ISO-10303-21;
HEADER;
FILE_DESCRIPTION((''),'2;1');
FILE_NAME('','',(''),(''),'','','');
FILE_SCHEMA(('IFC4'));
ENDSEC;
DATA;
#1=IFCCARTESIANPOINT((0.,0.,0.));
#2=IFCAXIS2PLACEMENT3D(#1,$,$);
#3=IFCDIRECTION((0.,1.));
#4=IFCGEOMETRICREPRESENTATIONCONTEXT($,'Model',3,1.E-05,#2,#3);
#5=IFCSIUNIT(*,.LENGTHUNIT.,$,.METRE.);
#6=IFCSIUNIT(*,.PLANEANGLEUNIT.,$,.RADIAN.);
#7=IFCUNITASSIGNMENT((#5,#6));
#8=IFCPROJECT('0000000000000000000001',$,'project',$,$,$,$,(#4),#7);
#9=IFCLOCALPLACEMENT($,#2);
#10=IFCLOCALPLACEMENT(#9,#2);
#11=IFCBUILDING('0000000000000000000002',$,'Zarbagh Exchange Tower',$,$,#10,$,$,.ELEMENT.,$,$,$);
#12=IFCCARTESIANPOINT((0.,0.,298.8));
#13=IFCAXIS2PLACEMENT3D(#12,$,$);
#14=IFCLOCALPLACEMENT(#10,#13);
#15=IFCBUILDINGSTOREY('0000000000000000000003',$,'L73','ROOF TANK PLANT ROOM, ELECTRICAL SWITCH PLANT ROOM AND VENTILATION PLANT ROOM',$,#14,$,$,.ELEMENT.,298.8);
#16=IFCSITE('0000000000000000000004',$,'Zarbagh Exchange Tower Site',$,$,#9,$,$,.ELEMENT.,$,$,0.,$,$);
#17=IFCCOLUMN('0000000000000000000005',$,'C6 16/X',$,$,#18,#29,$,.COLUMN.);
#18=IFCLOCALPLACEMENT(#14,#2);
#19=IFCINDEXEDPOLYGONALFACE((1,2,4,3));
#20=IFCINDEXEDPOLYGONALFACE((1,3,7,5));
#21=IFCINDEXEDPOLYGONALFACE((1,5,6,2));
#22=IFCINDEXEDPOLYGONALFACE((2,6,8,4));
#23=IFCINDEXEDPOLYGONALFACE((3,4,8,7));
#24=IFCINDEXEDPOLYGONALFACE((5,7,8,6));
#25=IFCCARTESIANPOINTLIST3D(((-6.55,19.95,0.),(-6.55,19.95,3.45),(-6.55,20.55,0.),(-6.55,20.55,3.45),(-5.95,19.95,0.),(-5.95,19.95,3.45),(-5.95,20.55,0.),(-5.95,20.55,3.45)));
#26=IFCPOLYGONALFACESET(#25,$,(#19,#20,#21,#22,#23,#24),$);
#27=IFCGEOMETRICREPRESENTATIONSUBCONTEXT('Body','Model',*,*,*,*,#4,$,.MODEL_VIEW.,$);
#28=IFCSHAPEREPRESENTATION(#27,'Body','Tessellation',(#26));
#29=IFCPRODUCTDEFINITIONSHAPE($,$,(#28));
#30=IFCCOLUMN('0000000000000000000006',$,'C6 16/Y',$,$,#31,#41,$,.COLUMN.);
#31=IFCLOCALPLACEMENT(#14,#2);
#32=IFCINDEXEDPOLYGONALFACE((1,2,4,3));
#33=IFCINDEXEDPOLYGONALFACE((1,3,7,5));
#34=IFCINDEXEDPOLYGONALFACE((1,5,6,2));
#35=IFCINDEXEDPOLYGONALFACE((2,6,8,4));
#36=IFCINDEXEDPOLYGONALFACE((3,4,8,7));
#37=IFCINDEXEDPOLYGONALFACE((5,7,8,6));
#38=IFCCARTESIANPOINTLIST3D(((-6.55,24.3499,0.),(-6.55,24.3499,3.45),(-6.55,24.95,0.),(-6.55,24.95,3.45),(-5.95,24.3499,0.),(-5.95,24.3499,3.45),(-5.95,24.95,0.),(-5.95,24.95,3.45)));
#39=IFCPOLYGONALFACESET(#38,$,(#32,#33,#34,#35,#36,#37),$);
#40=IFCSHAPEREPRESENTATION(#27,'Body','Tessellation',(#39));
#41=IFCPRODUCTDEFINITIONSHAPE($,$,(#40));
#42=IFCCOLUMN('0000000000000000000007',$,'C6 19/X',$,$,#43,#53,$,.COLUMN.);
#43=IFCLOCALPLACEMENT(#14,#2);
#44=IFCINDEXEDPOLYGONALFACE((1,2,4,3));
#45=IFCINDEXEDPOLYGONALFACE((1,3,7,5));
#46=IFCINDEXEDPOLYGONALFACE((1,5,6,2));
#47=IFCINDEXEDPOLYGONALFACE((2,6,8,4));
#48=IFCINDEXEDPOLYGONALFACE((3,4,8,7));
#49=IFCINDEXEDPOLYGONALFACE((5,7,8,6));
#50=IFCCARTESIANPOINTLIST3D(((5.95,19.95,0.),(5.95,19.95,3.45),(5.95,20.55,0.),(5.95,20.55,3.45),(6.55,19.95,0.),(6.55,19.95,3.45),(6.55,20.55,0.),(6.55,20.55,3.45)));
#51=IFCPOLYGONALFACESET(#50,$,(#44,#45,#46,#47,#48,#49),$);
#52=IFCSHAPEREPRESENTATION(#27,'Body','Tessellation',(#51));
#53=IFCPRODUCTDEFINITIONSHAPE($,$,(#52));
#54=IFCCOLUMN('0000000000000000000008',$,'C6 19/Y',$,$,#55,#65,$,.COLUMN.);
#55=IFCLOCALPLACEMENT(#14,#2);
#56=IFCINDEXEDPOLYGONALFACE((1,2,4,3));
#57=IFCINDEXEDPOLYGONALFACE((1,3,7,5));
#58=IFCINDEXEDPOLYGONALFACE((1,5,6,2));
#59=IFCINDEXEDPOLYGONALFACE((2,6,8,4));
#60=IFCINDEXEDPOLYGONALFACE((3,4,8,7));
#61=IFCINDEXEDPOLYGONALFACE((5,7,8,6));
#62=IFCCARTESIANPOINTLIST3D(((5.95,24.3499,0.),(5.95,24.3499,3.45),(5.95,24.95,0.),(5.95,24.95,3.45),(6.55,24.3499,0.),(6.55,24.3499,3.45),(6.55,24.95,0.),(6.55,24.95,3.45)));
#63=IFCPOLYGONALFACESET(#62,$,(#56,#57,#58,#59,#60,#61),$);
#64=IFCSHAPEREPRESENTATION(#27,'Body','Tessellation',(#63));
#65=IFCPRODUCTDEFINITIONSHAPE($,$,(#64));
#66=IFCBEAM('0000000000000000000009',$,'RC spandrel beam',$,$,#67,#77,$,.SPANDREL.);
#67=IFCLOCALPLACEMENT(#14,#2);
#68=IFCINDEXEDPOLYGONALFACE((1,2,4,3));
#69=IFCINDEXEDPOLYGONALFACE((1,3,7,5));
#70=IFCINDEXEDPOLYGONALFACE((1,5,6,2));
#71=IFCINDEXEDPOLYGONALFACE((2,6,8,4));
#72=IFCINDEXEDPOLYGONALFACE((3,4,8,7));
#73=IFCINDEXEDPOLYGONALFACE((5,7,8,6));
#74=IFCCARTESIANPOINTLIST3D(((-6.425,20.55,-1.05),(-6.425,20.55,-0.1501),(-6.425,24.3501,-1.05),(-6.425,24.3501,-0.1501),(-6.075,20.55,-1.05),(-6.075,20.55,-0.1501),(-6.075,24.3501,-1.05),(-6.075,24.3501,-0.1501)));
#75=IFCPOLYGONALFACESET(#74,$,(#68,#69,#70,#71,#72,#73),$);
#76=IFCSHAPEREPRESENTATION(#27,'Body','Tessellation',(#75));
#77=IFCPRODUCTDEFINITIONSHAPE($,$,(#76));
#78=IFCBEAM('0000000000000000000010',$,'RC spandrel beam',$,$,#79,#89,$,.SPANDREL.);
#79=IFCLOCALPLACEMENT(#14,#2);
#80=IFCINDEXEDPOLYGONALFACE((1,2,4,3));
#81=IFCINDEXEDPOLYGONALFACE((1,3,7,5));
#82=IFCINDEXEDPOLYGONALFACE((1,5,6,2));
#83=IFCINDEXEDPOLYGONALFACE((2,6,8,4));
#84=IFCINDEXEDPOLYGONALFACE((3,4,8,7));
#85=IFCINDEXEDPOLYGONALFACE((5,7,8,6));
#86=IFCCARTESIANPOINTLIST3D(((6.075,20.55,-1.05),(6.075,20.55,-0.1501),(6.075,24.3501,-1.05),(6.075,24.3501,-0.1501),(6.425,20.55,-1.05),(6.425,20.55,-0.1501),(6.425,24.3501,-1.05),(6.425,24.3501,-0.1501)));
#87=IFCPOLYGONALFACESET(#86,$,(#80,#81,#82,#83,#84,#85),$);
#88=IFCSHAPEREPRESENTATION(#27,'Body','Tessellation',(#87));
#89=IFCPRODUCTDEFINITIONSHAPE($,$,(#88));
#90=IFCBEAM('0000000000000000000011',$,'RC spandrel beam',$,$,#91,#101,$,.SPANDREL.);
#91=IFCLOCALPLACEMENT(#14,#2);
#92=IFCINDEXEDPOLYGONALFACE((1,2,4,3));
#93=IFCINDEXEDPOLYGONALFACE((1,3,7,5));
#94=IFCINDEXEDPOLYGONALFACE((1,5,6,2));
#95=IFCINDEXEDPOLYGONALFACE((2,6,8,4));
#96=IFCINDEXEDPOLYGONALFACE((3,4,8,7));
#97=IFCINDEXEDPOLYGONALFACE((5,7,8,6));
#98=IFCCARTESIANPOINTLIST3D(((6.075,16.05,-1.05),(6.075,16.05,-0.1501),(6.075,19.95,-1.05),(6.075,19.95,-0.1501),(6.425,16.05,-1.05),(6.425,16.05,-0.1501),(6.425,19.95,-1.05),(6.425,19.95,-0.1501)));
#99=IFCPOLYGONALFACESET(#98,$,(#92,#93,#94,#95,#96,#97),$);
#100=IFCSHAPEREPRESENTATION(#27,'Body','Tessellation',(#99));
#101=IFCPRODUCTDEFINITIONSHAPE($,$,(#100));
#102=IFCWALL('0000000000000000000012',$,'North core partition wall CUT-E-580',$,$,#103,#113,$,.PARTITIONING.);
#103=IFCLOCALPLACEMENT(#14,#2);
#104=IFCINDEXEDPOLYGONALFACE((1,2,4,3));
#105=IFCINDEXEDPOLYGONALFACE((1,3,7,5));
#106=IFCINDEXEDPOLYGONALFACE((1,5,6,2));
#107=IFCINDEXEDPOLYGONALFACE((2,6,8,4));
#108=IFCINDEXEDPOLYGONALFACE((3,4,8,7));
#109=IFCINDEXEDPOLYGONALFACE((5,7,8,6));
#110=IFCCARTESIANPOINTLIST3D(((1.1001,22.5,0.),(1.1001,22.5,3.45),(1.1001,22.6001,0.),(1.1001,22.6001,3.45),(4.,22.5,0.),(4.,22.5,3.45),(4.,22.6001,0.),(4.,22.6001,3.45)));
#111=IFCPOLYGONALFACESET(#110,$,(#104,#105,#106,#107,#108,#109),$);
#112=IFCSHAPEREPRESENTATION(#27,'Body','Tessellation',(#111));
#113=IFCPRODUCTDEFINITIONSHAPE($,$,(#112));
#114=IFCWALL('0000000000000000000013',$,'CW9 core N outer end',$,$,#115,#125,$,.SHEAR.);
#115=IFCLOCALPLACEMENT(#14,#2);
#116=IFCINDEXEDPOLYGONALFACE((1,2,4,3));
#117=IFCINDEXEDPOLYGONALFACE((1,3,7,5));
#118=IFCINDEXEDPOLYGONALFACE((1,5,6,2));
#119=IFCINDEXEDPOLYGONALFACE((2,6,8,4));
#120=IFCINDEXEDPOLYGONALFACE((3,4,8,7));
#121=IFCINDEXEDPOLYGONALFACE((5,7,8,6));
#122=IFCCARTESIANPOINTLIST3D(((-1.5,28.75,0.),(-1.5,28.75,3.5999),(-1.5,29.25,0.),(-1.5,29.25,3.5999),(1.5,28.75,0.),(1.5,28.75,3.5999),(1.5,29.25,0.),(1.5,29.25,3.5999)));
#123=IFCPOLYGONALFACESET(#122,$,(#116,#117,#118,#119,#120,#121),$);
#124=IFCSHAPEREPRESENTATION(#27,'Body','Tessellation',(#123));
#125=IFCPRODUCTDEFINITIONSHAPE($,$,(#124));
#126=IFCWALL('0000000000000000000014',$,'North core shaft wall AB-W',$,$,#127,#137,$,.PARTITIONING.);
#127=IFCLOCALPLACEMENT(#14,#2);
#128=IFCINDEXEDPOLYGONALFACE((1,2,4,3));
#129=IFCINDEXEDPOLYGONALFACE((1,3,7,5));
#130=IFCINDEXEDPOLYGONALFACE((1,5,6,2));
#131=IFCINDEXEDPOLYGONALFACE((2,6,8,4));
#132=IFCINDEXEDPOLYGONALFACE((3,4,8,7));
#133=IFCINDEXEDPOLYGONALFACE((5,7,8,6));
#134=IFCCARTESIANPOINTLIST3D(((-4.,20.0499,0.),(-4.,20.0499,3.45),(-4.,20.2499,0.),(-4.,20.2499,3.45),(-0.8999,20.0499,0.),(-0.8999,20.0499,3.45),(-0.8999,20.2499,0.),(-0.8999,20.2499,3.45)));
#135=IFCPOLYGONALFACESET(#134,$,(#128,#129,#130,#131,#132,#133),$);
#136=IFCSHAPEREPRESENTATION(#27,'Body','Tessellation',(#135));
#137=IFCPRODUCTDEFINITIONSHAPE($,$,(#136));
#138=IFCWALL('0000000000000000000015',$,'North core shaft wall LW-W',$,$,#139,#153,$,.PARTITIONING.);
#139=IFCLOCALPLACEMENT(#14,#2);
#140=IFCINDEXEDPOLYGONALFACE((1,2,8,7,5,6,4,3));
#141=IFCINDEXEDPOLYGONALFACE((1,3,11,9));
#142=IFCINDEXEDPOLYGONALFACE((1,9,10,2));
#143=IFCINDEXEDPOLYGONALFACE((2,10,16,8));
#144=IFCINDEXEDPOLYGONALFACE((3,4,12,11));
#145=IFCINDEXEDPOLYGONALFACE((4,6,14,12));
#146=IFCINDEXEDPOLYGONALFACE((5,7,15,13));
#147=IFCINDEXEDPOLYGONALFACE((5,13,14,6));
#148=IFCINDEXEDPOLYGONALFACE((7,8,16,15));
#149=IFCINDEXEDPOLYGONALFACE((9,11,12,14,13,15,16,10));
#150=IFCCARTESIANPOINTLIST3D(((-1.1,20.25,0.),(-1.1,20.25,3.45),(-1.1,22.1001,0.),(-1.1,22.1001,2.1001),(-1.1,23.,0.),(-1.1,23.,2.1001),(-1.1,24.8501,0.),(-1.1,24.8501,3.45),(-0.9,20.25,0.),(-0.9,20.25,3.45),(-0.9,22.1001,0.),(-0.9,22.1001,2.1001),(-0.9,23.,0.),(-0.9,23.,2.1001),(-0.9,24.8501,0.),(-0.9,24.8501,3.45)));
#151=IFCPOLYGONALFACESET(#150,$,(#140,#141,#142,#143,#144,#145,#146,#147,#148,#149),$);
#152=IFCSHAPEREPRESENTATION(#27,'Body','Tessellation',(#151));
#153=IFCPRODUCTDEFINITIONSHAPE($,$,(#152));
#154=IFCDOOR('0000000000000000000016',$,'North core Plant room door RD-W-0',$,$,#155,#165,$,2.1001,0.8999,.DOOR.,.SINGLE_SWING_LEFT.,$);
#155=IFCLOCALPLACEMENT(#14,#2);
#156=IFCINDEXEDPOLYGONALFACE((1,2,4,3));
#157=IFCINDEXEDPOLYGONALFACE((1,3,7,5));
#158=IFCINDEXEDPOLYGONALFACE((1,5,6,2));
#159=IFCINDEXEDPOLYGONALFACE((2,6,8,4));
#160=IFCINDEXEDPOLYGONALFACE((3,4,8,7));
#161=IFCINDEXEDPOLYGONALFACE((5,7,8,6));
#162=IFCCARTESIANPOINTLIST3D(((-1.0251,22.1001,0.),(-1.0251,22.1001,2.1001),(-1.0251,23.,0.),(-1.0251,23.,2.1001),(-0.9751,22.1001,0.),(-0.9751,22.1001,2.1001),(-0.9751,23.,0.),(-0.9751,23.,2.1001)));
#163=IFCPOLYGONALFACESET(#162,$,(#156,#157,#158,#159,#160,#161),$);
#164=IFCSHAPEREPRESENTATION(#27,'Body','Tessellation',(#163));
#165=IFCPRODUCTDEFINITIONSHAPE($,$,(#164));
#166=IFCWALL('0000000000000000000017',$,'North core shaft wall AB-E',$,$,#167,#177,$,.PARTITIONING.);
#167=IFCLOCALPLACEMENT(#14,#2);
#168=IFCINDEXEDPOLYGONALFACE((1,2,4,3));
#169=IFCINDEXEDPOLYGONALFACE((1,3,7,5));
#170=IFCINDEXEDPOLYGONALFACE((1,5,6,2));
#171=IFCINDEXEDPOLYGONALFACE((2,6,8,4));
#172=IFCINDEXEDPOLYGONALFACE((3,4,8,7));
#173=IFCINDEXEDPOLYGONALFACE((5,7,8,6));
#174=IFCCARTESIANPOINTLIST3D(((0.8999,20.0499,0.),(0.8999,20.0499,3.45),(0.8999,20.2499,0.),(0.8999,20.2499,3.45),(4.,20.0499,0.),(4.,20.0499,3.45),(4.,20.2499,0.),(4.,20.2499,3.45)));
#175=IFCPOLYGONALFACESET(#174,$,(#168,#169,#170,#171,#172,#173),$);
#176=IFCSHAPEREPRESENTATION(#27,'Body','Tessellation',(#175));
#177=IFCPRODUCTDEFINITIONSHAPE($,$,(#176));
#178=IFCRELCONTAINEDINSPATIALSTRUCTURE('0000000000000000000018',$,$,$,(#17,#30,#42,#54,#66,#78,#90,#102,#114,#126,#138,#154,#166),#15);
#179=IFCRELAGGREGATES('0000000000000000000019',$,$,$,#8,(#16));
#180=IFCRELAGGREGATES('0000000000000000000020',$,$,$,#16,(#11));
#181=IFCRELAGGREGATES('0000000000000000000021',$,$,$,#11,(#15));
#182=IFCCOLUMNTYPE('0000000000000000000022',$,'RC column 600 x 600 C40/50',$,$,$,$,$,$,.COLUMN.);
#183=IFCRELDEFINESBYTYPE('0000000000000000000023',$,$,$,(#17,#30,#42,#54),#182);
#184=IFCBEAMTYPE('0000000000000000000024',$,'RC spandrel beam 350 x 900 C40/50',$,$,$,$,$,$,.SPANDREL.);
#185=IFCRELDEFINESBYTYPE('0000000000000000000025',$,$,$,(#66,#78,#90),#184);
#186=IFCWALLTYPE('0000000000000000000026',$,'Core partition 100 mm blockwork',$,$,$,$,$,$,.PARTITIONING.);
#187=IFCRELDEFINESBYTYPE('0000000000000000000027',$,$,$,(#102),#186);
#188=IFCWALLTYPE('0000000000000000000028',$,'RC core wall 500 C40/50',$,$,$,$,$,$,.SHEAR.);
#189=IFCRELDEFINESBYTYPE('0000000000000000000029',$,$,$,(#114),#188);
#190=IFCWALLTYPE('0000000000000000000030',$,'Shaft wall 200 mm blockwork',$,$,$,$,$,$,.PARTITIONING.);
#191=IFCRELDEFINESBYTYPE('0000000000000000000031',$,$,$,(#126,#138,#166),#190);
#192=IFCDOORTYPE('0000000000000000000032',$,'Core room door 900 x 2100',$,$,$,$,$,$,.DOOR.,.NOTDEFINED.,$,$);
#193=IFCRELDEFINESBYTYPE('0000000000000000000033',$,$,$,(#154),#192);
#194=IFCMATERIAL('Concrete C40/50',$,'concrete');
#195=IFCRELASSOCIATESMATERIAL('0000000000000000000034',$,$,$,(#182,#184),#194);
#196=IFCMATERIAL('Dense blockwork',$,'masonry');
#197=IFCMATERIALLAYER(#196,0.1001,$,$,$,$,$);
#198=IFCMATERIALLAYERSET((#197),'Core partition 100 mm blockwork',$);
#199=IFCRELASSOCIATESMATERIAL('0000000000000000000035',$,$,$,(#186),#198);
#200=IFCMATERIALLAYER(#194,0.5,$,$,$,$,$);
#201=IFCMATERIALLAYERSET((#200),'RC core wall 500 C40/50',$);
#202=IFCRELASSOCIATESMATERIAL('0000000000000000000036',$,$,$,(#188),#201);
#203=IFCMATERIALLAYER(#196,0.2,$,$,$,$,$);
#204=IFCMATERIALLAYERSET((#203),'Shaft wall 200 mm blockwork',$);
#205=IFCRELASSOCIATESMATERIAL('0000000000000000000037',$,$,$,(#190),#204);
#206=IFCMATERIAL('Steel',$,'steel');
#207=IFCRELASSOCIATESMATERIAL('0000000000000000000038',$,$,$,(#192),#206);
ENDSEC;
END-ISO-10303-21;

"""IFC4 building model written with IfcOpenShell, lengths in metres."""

from ifc_helpers import new_model, si_unit, direction, frame, frame_2d, origin, origin_2d, place, context, subcontext, project, spatial, rectangle, extrude, material, layer, layer_set, material_profile, profile_set, type_object, element, fill, save


model = new_model("IFC4")

# Units and contexts
model_context = context("Model", 3, precision=1e-05, world=origin(), true_north=direction((0.0, 1.0)))
body_context = subcontext(model_context, "Body", "Model", "MODEL_VIEW")
ifc_project = project(units=[si_unit("LENGTHUNIT", "METRE"), si_unit("PLANEANGLEUNIT", "RADIAN")], contexts=[model_context])

# Site, building, storey
site_placement = place(None, origin())
site = spatial("IfcSite", under=ifc_project, at=site_placement, Name="Zarbagh Exchange Tower Site", CompositionType="ELEMENT", RefElevation=0.0)
building_placement = place(site_placement, origin())
building = spatial("IfcBuilding", under=site, at=building_placement, Name="Zarbagh Exchange Tower", CompositionType="ELEMENT")
storey_placement = place(building_placement, frame((0.0, 0.0, 298.8)))
storey = spatial("IfcBuildingStorey", under=building, at=storey_placement, Name="L73", Description="ROOF TANK PLANT ROOM, ELECTRICAL SWITCH PLANT ROOM AND VENTILATION PLANT ROOM", CompositionType="ELEMENT", Elevation=298.8)

# Columns
ifc_material_1 = material(Name="Concrete C40/50", Category="concrete")
ifc_material_profile_1 = material_profile(ifc_material_1, rectangle(XDim=0.6001, YDim=0.6001, at=origin_2d()), Name="RC column 600 x 600 C40/50")
ifc_profile_set_1 = profile_set([ifc_material_profile_1], Name="Concrete C40/50")
column_type = type_object("IfcColumnType", Name="RC column 600 x 600 C40/50", PredefinedType="COLUMN", material=ifc_profile_set_1)
for number, where, z_axis, x_axis, name in (
    (1, (-6.25, 20.25, 0.0), (0.0, 0.0, 1.0), (1.0, 0.0, 0.0), "C6 16/X"),
    (2, (-6.25, 24.6499, 0.0), (0.0, 0.0, 1.0), (1.0, 0.0, 0.0), "C6 16/Y"),
    (3, (6.25, 20.25, 0.0), (0.0, 0.0, 1.0), (1.0, 0.0, 0.0), "C6 19/X"),
    (4, (6.25, 24.6499, 0.0), (0.0, 0.0, 1.0), (1.0, 0.0, 0.0), "C6 19/Y"),
):
    element("IfcColumn", number, at=place(storey_placement, frame(where, z_axis=z_axis, x_axis=x_axis)), inside=storey, type_object=column_type, Name=name, PredefinedType="COLUMN", context=body_context, shape_type="SweptSolid", body=[
        extrude(rectangle(XDim=0.6001, YDim=0.6001, at=origin_2d()), origin(), (0.0, 0.0, 1.0), 3.45),
    ])

# Beams
ifc_material_profile_2 = material_profile(ifc_material_1, rectangle(XDim=0.3501, YDim=0.8999, at=origin_2d()), Name="RC spandrel beam 350 x 900 C40/50")
ifc_profile_set_2 = profile_set([ifc_material_profile_2], Name="Concrete C40/50")
beam_type = type_object("IfcBeamType", Name="RC spandrel beam 350 x 900 C40/50", PredefinedType="SPANDREL", material=ifc_profile_set_2)
for number, where, z_axis, x_axis, name in (
    (5, (-6.25, 20.55, -0.6001), (0.0, 1.0, 0.0), (-1.0, 0.0, 0.0), "RC spandrel beam"),
    (6, (6.25, 24.3501, -0.6001), (0.0, -1.0, 0.0), (1.0, 0.0, 0.0), "RC spandrel beam"),
):
    element("IfcBeam", number, at=place(storey_placement, frame(where, z_axis=z_axis, x_axis=x_axis)), inside=storey, type_object=beam_type, Name=name, PredefinedType="SPANDREL", context=body_context, shape_type="SweptSolid", body=[
        extrude(rectangle(XDim=0.3501, YDim=0.8999, at=origin_2d()), origin(), (0.0, 0.0, 1.0), 3.8),
    ])
beam_placement = place(storey_placement, frame((6.25, 19.95, -0.6001), z_axis=(0.0, -1.0, 0.0), x_axis=(1.0, 0.0, 0.0)))
element("IfcBeam", 7, at=beam_placement, inside=storey, type_object=beam_type, Name="RC spandrel beam", PredefinedType="SPANDREL", context=body_context, shape_type="SweptSolid", body=[
    extrude(rectangle(XDim=0.3501, YDim=0.8999, at=origin_2d()), origin(), (0.0, 0.0, 1.0), 3.8999),
])

# Walls
ifc_material_2 = material(Name="Dense blockwork", Category="masonry")
ifc_layer_1 = layer(ifc_material_2, 0.1001)
ifc_layer_set_1 = layer_set([ifc_layer_1], Name="Core partition 100 mm blockwork")
wall_type_1 = type_object("IfcWallType", Name="Core partition 100 mm blockwork", PredefinedType="PARTITIONING", material=ifc_layer_set_1)
wall_1_placement = place(storey_placement, frame((1.1001, 22.55, 0.0), z_axis=(0.0, 0.0, 1.0), x_axis=(1.0, 0.0, 0.0)))
element("IfcWall", 8, at=wall_1_placement, inside=storey, type_object=wall_type_1, Name="North core partition wall CUT-E-580", PredefinedType="PARTITIONING", context=body_context, shape_type="SweptSolid", body=[
    extrude(rectangle(XDim=2.8999, YDim=0.1001, at=frame_2d((1.45, 0.0))), origin(), (0.0, 0.0, 1.0), 3.45),
])
ifc_layer_2 = layer(ifc_material_1, 0.5)
ifc_layer_set_2 = layer_set([ifc_layer_2], Name="RC core wall 500 C40/50")
wall_type_2 = type_object("IfcWallType", Name="RC core wall 500 C40/50", PredefinedType="SHEAR", material=ifc_layer_set_2)
wall_2_placement = place(storey_placement, frame((-1.5, 29.0, 0.0), z_axis=(0.0, 0.0, 1.0), x_axis=(1.0, 0.0, 0.0)))
element("IfcWall", 9, at=wall_2_placement, inside=storey, type_object=wall_type_2, Name="CW9 core N outer end", PredefinedType="SHEAR", context=body_context, shape_type="SweptSolid", body=[
    extrude(rectangle(XDim=3.0, YDim=0.5, at=frame_2d((1.5, 0.0))), origin(), (0.0, 0.0, 1.0), 3.5999),
])
ifc_layer_3 = layer(ifc_material_2, 0.2)
ifc_layer_set_3 = layer_set([ifc_layer_3], Name="Shaft wall 200 mm blockwork")
wall_type_3 = type_object("IfcWallType", Name="Shaft wall 200 mm blockwork", PredefinedType="PARTITIONING", material=ifc_layer_set_3)
wall_3_placement = place(storey_placement, frame((-4.0, 20.1499, 0.0), z_axis=(0.0, 0.0, 1.0), x_axis=(1.0, 0.0, 0.0)))
element("IfcWall", 10, at=wall_3_placement, inside=storey, type_object=wall_type_3, Name="North core shaft wall AB-W", PredefinedType="PARTITIONING", context=body_context, shape_type="SweptSolid", body=[
    extrude(rectangle(XDim=3.1001, YDim=0.2, at=frame_2d((1.55, 0.0))), origin(), (0.0, 0.0, 1.0), 3.45),
])

# Wall, opening, door
wall_4_placement = place(storey_placement, frame((-1.0, 24.8501, 0.0), z_axis=(0.0, 0.0, 1.0), x_axis=(0.0, -1.0, 0.0)))
wall_4 = element("IfcWall", 11, at=wall_4_placement, inside=storey, type_object=wall_type_3, Name="North core shaft wall LW-W", PredefinedType="PARTITIONING", context=body_context, shape_type="SweptSolid", body=[
    extrude(rectangle(XDim=4.6001, YDim=0.2, at=frame_2d((2.3, 0.0))), origin(), (0.0, 0.0, 1.0), 3.45),
])
opening_1_placement = place(wall_4_placement, frame((1.8501, 0.0, 0.0)))
opening_1 = element("IfcOpeningElement", 12, at=opening_1_placement, cuts=wall_4, PredefinedType="OPENING", context=body_context, shape_type="SweptSolid", body=[
    extrude(rectangle(XDim=0.8999, YDim=2.1001, at=frame_2d((0.45, 1.05))), frame((0.0, 0.1099, 0.0), z_axis=(0.0, -1.0, 0.0), x_axis=(1.0, 0.0, 0.0)), (0.0, 0.0, 1.0), 0.22),
])
ifc_material_3 = material(Name="Steel", Category="steel")
door_type_1 = type_object("IfcDoorType", Name="Core room door 900 x 2100", OperationType="NOTDEFINED", PredefinedType="DOOR", material=ifc_material_3)
door_1_placement = place(opening_1_placement, origin())
door_1 = element("IfcDoor", 13, at=door_1_placement, inside=storey, type_object=door_type_1, Name="North core Plant room door RD-W-0", OperationType="SINGLE_SWING_LEFT", OverallHeight=2.1001, OverallWidth=0.8999, PredefinedType="DOOR", context=body_context, shape_type="SweptSolid", body=[
    extrude(rectangle(XDim=0.8999, YDim=2.1001, at=frame_2d((0.45, 1.05))), frame((0.0, 0.0249, 0.0), z_axis=(0.0, -1.0, 0.0), x_axis=(1.0, 0.0, 0.0)), (0.0, 0.0, 1.0), 0.05),
])
fill(opening_1, door_1)

# Wall
wall_5_placement = place(storey_placement, frame((0.8999, 20.1499, 0.0), z_axis=(0.0, 0.0, 1.0), x_axis=(1.0, 0.0, 0.0)))
element("IfcWall", 14, at=wall_5_placement, inside=storey, type_object=wall_type_3, Name="North core shaft wall AB-E", PredefinedType="PARTITIONING", context=body_context, shape_type="SweptSolid", body=[
    extrude(rectangle(XDim=3.1001, YDim=0.2, at=frame_2d((1.55, 0.0))), origin(), (0.0, 0.0, 1.0), 3.45),
])

save(model, "model.ifc")
